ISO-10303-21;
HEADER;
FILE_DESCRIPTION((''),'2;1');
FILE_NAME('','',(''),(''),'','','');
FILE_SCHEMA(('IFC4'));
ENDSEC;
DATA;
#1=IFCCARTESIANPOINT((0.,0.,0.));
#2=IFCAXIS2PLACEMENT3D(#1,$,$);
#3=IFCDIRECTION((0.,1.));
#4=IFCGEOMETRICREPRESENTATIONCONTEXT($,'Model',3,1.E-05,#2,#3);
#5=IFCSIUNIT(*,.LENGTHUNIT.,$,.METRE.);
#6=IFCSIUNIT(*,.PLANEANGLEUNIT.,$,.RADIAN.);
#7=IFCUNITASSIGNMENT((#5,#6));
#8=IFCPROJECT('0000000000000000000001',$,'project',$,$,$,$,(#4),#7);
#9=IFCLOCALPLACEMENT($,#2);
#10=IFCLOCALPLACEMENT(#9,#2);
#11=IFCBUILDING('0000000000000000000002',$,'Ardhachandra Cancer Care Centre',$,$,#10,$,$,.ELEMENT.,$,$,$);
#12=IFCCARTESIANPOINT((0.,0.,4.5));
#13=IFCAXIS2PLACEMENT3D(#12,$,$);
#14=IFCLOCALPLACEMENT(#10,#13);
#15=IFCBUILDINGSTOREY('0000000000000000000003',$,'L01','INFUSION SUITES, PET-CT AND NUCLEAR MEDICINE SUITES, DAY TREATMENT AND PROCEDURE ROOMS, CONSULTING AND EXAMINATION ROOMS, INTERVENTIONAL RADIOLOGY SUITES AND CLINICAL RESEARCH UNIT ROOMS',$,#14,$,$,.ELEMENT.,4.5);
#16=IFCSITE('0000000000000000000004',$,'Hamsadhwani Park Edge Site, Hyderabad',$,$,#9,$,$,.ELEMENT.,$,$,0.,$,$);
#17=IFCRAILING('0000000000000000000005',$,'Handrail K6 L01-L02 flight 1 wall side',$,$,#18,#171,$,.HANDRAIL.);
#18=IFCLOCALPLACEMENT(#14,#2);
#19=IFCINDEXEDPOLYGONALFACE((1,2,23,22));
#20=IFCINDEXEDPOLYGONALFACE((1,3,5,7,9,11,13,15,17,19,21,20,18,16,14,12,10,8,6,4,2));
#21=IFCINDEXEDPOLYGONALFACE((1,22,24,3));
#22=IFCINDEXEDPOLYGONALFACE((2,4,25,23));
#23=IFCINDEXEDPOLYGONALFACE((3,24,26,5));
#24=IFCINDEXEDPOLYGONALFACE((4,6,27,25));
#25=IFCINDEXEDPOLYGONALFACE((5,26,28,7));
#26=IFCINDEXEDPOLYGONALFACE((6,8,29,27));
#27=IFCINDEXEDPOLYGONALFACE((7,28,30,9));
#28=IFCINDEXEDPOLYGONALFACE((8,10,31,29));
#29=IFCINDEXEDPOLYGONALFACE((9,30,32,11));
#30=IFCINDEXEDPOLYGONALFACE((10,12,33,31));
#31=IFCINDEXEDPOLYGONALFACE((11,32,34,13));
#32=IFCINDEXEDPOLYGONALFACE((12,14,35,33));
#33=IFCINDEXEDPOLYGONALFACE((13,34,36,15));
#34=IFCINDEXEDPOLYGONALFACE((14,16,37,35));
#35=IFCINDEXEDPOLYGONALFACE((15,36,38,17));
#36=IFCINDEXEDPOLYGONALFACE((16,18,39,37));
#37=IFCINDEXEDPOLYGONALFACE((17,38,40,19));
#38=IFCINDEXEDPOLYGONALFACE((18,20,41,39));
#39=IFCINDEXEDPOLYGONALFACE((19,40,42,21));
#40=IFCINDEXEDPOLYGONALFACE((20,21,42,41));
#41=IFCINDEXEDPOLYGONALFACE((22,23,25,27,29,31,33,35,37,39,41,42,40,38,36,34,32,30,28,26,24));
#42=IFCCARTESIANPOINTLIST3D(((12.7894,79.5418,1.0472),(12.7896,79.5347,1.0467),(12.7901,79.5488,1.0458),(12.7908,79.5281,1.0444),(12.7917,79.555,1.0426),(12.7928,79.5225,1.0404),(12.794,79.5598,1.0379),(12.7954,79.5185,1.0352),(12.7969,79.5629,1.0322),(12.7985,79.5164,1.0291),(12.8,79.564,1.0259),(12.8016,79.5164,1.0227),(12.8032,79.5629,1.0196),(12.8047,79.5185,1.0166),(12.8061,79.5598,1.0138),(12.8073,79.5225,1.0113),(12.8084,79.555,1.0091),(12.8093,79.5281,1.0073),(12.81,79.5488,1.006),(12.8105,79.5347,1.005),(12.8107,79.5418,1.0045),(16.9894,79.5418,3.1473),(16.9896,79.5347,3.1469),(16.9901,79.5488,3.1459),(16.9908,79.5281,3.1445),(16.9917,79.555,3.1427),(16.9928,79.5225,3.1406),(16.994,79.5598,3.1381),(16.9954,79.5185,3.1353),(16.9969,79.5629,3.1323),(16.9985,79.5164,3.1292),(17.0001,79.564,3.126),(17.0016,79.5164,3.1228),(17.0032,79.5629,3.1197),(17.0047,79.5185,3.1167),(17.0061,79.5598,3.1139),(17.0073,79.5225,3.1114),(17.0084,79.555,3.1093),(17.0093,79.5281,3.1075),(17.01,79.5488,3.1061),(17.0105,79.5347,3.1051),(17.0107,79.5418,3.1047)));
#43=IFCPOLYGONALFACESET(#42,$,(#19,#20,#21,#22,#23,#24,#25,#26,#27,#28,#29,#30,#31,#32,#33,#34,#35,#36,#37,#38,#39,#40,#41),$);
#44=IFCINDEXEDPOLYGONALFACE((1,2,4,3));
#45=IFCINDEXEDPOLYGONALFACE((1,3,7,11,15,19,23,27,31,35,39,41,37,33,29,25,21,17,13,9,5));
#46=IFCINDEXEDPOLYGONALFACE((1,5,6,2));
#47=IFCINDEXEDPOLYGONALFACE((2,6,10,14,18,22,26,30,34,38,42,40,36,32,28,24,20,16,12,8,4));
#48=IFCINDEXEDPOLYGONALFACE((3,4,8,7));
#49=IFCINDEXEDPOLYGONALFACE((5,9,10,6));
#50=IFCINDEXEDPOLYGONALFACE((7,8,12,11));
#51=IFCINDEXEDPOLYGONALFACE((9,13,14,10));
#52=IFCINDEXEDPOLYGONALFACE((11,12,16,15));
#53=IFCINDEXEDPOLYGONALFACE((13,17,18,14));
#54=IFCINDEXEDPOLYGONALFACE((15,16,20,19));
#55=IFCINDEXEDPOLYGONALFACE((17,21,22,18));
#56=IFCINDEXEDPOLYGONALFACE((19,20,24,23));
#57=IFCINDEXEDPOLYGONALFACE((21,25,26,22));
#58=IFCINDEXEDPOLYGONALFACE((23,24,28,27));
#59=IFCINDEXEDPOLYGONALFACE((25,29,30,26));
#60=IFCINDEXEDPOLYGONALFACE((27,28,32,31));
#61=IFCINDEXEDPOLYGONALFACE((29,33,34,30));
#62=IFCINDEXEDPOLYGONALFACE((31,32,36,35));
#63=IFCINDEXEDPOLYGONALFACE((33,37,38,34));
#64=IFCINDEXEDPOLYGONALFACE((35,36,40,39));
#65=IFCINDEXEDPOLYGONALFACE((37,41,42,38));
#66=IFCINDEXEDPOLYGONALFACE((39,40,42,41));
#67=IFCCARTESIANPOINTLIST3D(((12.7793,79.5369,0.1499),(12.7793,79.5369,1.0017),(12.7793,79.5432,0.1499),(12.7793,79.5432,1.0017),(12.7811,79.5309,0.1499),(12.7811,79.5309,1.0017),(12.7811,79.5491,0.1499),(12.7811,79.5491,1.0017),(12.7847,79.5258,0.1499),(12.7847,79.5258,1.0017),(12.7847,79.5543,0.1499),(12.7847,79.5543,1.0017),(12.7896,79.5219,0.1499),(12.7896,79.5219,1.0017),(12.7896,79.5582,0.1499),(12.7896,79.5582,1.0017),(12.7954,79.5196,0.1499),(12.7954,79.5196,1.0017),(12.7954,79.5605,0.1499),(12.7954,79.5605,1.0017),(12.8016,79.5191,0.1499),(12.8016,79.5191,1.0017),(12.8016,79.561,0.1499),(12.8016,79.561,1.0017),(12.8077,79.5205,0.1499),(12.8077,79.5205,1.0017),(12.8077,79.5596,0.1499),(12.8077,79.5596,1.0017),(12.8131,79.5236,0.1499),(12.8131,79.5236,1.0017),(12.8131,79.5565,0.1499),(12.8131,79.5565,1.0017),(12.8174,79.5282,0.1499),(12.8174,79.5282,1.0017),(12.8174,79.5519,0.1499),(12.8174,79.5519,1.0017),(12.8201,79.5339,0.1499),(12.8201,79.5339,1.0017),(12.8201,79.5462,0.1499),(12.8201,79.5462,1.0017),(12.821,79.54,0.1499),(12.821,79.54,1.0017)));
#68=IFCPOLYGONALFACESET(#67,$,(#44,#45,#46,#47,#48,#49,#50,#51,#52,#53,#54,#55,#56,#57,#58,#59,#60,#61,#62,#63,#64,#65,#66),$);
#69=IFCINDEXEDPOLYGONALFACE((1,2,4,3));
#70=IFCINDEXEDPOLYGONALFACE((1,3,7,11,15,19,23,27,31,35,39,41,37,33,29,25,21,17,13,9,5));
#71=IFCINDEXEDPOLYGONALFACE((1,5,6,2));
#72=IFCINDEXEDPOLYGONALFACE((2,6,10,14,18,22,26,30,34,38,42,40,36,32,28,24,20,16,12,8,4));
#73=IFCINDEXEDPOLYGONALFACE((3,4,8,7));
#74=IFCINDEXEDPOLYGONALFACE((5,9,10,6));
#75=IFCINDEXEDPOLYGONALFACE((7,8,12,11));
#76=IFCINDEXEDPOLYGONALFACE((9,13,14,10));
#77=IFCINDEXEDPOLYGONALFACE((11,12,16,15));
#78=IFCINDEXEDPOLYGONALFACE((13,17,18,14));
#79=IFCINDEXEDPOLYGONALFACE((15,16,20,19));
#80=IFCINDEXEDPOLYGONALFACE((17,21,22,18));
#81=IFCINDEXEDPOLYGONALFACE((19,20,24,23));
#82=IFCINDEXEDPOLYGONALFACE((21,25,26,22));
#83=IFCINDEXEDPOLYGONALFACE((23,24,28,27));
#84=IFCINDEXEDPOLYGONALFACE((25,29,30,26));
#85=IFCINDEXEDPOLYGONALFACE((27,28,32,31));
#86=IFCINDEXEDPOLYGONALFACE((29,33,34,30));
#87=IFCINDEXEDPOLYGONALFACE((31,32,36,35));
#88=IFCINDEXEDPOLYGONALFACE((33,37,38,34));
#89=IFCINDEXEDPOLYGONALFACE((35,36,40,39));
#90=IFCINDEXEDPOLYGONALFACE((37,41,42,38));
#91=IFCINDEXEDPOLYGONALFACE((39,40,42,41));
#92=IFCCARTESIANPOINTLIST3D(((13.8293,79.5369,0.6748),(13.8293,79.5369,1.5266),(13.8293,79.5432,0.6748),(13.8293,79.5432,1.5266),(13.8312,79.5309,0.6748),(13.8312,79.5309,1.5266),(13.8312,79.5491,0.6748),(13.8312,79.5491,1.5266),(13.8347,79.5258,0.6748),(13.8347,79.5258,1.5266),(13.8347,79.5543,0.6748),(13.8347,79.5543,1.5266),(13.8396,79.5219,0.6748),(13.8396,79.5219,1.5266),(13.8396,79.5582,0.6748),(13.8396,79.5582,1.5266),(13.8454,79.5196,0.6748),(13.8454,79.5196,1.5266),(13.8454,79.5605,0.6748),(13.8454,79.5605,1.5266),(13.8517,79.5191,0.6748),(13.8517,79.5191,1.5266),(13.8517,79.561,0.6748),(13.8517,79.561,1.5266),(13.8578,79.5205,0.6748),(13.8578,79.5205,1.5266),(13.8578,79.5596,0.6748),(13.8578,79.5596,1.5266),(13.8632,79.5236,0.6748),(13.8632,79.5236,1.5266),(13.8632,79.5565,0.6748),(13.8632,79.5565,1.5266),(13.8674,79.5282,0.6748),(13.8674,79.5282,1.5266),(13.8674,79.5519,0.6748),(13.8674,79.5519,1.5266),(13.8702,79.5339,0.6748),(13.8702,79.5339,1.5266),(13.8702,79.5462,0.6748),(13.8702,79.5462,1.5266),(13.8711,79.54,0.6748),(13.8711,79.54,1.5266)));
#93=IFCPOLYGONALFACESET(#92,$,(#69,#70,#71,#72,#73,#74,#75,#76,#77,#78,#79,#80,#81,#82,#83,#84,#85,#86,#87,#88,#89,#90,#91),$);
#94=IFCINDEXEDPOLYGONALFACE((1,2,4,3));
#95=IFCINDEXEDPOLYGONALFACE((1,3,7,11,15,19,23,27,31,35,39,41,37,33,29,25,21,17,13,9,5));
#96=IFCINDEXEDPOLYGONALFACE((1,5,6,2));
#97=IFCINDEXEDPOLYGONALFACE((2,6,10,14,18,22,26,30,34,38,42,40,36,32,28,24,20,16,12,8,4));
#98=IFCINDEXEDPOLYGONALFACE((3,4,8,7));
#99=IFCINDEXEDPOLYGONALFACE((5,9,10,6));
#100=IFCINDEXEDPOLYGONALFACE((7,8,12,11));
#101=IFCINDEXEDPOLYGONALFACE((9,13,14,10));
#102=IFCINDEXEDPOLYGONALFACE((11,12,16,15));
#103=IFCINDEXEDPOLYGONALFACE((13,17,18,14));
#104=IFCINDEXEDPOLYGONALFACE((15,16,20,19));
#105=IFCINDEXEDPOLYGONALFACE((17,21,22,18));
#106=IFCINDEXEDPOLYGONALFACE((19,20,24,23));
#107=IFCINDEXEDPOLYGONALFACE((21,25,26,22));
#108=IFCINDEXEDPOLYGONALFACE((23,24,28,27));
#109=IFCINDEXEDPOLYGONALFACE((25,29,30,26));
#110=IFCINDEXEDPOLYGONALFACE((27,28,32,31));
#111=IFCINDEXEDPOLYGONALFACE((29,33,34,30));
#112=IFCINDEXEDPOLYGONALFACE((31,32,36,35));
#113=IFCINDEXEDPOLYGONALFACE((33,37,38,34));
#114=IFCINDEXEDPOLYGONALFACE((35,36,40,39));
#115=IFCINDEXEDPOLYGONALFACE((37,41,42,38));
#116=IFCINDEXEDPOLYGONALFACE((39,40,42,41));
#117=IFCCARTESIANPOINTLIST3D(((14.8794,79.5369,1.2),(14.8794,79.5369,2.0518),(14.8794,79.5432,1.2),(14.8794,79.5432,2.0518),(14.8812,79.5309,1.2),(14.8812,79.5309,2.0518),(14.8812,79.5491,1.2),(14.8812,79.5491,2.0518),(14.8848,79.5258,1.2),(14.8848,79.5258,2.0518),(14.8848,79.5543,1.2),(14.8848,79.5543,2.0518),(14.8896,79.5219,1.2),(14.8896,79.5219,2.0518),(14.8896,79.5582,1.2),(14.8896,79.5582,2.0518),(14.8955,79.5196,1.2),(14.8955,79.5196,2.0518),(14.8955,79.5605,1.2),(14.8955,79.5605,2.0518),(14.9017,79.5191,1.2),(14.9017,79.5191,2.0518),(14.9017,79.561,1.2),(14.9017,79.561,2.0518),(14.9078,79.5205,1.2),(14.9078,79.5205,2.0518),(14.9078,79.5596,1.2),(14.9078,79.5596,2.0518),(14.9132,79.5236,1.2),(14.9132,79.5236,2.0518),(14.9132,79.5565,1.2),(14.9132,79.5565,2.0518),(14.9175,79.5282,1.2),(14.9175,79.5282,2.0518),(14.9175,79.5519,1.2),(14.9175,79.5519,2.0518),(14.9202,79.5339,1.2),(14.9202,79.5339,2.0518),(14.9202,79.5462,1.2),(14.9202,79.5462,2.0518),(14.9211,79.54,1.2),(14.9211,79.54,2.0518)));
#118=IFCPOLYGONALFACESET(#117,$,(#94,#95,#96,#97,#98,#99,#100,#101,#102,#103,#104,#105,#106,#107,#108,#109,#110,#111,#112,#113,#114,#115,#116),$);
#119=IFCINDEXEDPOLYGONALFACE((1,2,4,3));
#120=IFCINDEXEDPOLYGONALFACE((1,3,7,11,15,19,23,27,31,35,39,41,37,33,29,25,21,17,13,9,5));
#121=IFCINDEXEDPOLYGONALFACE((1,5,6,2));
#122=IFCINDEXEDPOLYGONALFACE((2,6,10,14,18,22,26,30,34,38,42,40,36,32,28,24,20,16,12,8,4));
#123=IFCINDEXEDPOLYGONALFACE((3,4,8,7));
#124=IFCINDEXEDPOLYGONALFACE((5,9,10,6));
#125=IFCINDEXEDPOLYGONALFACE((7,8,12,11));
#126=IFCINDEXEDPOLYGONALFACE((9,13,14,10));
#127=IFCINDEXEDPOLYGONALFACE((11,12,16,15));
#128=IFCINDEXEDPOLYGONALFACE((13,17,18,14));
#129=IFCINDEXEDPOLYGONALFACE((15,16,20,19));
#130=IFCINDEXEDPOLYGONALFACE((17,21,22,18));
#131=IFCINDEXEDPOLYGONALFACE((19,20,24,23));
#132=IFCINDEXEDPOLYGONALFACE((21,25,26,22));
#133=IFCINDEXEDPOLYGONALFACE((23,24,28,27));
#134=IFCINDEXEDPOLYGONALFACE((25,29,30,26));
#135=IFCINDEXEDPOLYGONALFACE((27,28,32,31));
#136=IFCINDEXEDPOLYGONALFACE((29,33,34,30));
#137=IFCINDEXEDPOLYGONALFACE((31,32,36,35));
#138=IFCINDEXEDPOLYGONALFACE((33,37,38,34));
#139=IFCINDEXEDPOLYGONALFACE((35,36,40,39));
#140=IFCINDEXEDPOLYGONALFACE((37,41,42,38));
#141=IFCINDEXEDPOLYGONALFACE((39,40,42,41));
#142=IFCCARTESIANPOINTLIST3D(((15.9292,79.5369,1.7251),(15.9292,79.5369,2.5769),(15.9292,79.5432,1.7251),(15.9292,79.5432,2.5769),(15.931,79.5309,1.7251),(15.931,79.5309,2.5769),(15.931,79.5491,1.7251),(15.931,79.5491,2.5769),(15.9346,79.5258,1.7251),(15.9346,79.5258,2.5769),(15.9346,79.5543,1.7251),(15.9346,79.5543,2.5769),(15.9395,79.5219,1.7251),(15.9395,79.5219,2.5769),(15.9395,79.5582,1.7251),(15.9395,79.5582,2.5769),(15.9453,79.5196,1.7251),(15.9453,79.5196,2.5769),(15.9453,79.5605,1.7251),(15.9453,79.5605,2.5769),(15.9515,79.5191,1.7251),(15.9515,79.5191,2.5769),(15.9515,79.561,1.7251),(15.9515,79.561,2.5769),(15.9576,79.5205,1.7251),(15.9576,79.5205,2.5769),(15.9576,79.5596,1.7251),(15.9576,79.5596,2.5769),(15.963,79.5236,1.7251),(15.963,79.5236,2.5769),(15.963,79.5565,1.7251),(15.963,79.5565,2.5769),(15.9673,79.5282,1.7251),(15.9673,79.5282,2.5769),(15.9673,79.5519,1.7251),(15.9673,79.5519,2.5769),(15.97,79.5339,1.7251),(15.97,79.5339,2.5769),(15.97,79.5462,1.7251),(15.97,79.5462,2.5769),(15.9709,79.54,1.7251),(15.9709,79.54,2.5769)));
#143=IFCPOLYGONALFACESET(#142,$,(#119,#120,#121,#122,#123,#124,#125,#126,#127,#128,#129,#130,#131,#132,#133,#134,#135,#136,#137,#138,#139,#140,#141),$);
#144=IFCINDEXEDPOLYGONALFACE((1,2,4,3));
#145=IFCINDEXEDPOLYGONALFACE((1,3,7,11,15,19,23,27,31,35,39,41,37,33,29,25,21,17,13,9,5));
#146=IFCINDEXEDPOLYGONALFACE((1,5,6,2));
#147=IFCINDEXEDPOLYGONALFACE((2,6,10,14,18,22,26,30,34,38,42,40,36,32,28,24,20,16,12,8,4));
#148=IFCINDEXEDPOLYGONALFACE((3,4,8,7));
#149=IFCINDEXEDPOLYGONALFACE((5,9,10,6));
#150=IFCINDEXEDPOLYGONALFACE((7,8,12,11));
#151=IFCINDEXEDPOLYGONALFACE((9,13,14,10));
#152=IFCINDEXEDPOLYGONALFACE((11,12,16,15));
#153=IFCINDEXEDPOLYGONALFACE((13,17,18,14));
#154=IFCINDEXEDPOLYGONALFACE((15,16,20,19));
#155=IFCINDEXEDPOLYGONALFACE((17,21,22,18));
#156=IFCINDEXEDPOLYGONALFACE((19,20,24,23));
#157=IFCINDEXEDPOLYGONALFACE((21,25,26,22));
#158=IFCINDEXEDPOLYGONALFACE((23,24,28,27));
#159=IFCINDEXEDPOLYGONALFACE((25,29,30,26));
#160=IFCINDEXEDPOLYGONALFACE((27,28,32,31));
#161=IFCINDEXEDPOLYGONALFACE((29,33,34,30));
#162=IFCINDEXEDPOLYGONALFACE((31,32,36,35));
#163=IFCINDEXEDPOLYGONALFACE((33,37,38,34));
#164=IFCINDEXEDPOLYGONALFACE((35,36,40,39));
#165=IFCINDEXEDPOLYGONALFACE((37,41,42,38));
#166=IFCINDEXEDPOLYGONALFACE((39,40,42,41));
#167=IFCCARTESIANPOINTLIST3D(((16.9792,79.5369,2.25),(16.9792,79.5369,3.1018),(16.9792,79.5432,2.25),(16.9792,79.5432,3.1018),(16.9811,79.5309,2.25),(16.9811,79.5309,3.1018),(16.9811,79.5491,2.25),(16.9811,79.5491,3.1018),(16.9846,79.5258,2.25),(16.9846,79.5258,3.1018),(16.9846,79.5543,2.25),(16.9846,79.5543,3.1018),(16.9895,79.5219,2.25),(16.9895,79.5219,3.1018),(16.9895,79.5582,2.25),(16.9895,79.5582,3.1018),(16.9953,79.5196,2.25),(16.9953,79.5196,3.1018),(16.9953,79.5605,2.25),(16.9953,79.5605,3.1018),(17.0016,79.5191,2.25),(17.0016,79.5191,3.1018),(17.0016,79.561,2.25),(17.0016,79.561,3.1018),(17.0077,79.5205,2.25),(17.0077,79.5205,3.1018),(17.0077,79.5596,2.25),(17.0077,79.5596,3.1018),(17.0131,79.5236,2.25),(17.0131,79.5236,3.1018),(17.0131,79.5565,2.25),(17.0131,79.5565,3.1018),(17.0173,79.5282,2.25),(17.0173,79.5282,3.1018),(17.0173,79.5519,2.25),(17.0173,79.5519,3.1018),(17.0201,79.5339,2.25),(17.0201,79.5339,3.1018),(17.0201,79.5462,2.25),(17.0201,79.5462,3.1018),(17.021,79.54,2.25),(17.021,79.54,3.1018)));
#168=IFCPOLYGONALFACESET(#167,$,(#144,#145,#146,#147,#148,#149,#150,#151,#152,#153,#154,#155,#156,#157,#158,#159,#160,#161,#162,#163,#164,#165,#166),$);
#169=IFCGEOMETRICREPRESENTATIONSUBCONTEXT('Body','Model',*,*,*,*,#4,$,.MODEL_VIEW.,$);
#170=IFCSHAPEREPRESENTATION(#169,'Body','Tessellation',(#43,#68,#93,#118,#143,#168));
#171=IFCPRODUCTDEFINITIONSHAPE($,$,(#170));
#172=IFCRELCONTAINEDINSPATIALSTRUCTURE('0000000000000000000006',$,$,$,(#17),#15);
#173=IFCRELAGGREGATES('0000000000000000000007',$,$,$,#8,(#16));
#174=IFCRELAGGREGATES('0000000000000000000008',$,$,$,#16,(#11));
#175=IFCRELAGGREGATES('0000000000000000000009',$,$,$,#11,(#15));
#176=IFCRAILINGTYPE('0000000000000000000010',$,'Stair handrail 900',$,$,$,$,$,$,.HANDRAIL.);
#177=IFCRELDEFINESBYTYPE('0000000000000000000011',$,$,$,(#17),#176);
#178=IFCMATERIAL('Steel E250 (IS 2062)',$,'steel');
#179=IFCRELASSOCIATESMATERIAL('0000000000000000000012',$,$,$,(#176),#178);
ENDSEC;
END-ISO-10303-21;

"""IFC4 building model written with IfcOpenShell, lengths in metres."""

from ifc_helpers import new_model, si_unit, direction, frame, origin, origin_2d, place, context, subcontext, project, spatial, circle, extrude, material, type_object, element, save


model = new_model("IFC4")

# Units and contexts
model_context = context("Model", 3, precision=1e-05, world=origin(), true_north=direction((0.0, 1.0)))
body_context = subcontext(model_context, "Body", "Model", "MODEL_VIEW")
ifc_project = project(units=[si_unit("LENGTHUNIT", "METRE"), si_unit("PLANEANGLEUNIT", "RADIAN")], contexts=[model_context])

# Site, building, storey
site_placement = place(None, origin())
site = spatial("IfcSite", under=ifc_project, at=site_placement, Name="Hamsadhwani Park Edge Site, Hyderabad", CompositionType="ELEMENT", RefElevation=0.0)
building_placement = place(site_placement, origin())
building = spatial("IfcBuilding", under=site, at=building_placement, Name="Ardhachandra Cancer Care Centre", CompositionType="ELEMENT")
storey_placement = place(building_placement, frame((0.0, 0.0, 4.5)))
storey = spatial("IfcBuildingStorey", under=building, at=storey_placement, Name="L01", Description="INFUSION SUITES, PET-CT AND NUCLEAR MEDICINE SUITES, DAY TREATMENT AND PROCEDURE ROOMS, CONSULTING AND EXAMINATION ROOMS, INTERVENTIONAL RADIOLOGY SUITES AND CLINICAL RESEARCH UNIT ROOMS", CompositionType="ELEMENT", Elevation=4.5)

# Railing
ifc_material_1 = material(Name="Steel E250 (IS 2062)", Category="steel")
railing_type_1 = type_object("IfcRailingType", Name="Stair handrail 900", PredefinedType="HANDRAIL", material=ifc_material_1)
for number, where, name in (
    (1, (12.8, 79.54, 0.1499), "Handrail K6 L01-L02 flight 1 wall side"),
):
    element("IfcRailing", number, at=place(storey_placement, frame(where)), inside=storey, type_object=railing_type_1, Name=name, PredefinedType="HANDRAIL", context=body_context, shape_type="SweptSolid", body=[
        extrude(circle(Radius=0.0239, at=origin_2d()), frame((0.0, 0.0, 0.876), z_axis=(0.894417, 0.0, 0.447234), x_axis=(0.0, 1.0, 0.0)), (0.0, 0.0, 1.0), 4.6958),
        extrude(circle(Radius=0.021, at=origin_2d()), origin(), (0.0, 0.0, 1.0), 0.8518),
        extrude(circle(Radius=0.021, at=origin_2d()), frame((1.05, 0.0, 0.5249)), (0.0, 0.0, 1.0), 0.8518),
        extrude(circle(Radius=0.021, at=origin_2d()), frame((2.1001, 0.0, 1.05)), (0.0, 0.0, 1.0), 0.8518),
        extrude(circle(Radius=0.021, at=origin_2d()), frame((3.1499, 0.0, 1.5752)), (0.0, 0.0, 1.0), 0.8518),
        extrude(circle(Radius=0.021, at=origin_2d()), frame((4.2, 0.0, 2.1001)), (0.0, 0.0, 1.0), 0.8518),
    ])

save(model, "model.ifc")
